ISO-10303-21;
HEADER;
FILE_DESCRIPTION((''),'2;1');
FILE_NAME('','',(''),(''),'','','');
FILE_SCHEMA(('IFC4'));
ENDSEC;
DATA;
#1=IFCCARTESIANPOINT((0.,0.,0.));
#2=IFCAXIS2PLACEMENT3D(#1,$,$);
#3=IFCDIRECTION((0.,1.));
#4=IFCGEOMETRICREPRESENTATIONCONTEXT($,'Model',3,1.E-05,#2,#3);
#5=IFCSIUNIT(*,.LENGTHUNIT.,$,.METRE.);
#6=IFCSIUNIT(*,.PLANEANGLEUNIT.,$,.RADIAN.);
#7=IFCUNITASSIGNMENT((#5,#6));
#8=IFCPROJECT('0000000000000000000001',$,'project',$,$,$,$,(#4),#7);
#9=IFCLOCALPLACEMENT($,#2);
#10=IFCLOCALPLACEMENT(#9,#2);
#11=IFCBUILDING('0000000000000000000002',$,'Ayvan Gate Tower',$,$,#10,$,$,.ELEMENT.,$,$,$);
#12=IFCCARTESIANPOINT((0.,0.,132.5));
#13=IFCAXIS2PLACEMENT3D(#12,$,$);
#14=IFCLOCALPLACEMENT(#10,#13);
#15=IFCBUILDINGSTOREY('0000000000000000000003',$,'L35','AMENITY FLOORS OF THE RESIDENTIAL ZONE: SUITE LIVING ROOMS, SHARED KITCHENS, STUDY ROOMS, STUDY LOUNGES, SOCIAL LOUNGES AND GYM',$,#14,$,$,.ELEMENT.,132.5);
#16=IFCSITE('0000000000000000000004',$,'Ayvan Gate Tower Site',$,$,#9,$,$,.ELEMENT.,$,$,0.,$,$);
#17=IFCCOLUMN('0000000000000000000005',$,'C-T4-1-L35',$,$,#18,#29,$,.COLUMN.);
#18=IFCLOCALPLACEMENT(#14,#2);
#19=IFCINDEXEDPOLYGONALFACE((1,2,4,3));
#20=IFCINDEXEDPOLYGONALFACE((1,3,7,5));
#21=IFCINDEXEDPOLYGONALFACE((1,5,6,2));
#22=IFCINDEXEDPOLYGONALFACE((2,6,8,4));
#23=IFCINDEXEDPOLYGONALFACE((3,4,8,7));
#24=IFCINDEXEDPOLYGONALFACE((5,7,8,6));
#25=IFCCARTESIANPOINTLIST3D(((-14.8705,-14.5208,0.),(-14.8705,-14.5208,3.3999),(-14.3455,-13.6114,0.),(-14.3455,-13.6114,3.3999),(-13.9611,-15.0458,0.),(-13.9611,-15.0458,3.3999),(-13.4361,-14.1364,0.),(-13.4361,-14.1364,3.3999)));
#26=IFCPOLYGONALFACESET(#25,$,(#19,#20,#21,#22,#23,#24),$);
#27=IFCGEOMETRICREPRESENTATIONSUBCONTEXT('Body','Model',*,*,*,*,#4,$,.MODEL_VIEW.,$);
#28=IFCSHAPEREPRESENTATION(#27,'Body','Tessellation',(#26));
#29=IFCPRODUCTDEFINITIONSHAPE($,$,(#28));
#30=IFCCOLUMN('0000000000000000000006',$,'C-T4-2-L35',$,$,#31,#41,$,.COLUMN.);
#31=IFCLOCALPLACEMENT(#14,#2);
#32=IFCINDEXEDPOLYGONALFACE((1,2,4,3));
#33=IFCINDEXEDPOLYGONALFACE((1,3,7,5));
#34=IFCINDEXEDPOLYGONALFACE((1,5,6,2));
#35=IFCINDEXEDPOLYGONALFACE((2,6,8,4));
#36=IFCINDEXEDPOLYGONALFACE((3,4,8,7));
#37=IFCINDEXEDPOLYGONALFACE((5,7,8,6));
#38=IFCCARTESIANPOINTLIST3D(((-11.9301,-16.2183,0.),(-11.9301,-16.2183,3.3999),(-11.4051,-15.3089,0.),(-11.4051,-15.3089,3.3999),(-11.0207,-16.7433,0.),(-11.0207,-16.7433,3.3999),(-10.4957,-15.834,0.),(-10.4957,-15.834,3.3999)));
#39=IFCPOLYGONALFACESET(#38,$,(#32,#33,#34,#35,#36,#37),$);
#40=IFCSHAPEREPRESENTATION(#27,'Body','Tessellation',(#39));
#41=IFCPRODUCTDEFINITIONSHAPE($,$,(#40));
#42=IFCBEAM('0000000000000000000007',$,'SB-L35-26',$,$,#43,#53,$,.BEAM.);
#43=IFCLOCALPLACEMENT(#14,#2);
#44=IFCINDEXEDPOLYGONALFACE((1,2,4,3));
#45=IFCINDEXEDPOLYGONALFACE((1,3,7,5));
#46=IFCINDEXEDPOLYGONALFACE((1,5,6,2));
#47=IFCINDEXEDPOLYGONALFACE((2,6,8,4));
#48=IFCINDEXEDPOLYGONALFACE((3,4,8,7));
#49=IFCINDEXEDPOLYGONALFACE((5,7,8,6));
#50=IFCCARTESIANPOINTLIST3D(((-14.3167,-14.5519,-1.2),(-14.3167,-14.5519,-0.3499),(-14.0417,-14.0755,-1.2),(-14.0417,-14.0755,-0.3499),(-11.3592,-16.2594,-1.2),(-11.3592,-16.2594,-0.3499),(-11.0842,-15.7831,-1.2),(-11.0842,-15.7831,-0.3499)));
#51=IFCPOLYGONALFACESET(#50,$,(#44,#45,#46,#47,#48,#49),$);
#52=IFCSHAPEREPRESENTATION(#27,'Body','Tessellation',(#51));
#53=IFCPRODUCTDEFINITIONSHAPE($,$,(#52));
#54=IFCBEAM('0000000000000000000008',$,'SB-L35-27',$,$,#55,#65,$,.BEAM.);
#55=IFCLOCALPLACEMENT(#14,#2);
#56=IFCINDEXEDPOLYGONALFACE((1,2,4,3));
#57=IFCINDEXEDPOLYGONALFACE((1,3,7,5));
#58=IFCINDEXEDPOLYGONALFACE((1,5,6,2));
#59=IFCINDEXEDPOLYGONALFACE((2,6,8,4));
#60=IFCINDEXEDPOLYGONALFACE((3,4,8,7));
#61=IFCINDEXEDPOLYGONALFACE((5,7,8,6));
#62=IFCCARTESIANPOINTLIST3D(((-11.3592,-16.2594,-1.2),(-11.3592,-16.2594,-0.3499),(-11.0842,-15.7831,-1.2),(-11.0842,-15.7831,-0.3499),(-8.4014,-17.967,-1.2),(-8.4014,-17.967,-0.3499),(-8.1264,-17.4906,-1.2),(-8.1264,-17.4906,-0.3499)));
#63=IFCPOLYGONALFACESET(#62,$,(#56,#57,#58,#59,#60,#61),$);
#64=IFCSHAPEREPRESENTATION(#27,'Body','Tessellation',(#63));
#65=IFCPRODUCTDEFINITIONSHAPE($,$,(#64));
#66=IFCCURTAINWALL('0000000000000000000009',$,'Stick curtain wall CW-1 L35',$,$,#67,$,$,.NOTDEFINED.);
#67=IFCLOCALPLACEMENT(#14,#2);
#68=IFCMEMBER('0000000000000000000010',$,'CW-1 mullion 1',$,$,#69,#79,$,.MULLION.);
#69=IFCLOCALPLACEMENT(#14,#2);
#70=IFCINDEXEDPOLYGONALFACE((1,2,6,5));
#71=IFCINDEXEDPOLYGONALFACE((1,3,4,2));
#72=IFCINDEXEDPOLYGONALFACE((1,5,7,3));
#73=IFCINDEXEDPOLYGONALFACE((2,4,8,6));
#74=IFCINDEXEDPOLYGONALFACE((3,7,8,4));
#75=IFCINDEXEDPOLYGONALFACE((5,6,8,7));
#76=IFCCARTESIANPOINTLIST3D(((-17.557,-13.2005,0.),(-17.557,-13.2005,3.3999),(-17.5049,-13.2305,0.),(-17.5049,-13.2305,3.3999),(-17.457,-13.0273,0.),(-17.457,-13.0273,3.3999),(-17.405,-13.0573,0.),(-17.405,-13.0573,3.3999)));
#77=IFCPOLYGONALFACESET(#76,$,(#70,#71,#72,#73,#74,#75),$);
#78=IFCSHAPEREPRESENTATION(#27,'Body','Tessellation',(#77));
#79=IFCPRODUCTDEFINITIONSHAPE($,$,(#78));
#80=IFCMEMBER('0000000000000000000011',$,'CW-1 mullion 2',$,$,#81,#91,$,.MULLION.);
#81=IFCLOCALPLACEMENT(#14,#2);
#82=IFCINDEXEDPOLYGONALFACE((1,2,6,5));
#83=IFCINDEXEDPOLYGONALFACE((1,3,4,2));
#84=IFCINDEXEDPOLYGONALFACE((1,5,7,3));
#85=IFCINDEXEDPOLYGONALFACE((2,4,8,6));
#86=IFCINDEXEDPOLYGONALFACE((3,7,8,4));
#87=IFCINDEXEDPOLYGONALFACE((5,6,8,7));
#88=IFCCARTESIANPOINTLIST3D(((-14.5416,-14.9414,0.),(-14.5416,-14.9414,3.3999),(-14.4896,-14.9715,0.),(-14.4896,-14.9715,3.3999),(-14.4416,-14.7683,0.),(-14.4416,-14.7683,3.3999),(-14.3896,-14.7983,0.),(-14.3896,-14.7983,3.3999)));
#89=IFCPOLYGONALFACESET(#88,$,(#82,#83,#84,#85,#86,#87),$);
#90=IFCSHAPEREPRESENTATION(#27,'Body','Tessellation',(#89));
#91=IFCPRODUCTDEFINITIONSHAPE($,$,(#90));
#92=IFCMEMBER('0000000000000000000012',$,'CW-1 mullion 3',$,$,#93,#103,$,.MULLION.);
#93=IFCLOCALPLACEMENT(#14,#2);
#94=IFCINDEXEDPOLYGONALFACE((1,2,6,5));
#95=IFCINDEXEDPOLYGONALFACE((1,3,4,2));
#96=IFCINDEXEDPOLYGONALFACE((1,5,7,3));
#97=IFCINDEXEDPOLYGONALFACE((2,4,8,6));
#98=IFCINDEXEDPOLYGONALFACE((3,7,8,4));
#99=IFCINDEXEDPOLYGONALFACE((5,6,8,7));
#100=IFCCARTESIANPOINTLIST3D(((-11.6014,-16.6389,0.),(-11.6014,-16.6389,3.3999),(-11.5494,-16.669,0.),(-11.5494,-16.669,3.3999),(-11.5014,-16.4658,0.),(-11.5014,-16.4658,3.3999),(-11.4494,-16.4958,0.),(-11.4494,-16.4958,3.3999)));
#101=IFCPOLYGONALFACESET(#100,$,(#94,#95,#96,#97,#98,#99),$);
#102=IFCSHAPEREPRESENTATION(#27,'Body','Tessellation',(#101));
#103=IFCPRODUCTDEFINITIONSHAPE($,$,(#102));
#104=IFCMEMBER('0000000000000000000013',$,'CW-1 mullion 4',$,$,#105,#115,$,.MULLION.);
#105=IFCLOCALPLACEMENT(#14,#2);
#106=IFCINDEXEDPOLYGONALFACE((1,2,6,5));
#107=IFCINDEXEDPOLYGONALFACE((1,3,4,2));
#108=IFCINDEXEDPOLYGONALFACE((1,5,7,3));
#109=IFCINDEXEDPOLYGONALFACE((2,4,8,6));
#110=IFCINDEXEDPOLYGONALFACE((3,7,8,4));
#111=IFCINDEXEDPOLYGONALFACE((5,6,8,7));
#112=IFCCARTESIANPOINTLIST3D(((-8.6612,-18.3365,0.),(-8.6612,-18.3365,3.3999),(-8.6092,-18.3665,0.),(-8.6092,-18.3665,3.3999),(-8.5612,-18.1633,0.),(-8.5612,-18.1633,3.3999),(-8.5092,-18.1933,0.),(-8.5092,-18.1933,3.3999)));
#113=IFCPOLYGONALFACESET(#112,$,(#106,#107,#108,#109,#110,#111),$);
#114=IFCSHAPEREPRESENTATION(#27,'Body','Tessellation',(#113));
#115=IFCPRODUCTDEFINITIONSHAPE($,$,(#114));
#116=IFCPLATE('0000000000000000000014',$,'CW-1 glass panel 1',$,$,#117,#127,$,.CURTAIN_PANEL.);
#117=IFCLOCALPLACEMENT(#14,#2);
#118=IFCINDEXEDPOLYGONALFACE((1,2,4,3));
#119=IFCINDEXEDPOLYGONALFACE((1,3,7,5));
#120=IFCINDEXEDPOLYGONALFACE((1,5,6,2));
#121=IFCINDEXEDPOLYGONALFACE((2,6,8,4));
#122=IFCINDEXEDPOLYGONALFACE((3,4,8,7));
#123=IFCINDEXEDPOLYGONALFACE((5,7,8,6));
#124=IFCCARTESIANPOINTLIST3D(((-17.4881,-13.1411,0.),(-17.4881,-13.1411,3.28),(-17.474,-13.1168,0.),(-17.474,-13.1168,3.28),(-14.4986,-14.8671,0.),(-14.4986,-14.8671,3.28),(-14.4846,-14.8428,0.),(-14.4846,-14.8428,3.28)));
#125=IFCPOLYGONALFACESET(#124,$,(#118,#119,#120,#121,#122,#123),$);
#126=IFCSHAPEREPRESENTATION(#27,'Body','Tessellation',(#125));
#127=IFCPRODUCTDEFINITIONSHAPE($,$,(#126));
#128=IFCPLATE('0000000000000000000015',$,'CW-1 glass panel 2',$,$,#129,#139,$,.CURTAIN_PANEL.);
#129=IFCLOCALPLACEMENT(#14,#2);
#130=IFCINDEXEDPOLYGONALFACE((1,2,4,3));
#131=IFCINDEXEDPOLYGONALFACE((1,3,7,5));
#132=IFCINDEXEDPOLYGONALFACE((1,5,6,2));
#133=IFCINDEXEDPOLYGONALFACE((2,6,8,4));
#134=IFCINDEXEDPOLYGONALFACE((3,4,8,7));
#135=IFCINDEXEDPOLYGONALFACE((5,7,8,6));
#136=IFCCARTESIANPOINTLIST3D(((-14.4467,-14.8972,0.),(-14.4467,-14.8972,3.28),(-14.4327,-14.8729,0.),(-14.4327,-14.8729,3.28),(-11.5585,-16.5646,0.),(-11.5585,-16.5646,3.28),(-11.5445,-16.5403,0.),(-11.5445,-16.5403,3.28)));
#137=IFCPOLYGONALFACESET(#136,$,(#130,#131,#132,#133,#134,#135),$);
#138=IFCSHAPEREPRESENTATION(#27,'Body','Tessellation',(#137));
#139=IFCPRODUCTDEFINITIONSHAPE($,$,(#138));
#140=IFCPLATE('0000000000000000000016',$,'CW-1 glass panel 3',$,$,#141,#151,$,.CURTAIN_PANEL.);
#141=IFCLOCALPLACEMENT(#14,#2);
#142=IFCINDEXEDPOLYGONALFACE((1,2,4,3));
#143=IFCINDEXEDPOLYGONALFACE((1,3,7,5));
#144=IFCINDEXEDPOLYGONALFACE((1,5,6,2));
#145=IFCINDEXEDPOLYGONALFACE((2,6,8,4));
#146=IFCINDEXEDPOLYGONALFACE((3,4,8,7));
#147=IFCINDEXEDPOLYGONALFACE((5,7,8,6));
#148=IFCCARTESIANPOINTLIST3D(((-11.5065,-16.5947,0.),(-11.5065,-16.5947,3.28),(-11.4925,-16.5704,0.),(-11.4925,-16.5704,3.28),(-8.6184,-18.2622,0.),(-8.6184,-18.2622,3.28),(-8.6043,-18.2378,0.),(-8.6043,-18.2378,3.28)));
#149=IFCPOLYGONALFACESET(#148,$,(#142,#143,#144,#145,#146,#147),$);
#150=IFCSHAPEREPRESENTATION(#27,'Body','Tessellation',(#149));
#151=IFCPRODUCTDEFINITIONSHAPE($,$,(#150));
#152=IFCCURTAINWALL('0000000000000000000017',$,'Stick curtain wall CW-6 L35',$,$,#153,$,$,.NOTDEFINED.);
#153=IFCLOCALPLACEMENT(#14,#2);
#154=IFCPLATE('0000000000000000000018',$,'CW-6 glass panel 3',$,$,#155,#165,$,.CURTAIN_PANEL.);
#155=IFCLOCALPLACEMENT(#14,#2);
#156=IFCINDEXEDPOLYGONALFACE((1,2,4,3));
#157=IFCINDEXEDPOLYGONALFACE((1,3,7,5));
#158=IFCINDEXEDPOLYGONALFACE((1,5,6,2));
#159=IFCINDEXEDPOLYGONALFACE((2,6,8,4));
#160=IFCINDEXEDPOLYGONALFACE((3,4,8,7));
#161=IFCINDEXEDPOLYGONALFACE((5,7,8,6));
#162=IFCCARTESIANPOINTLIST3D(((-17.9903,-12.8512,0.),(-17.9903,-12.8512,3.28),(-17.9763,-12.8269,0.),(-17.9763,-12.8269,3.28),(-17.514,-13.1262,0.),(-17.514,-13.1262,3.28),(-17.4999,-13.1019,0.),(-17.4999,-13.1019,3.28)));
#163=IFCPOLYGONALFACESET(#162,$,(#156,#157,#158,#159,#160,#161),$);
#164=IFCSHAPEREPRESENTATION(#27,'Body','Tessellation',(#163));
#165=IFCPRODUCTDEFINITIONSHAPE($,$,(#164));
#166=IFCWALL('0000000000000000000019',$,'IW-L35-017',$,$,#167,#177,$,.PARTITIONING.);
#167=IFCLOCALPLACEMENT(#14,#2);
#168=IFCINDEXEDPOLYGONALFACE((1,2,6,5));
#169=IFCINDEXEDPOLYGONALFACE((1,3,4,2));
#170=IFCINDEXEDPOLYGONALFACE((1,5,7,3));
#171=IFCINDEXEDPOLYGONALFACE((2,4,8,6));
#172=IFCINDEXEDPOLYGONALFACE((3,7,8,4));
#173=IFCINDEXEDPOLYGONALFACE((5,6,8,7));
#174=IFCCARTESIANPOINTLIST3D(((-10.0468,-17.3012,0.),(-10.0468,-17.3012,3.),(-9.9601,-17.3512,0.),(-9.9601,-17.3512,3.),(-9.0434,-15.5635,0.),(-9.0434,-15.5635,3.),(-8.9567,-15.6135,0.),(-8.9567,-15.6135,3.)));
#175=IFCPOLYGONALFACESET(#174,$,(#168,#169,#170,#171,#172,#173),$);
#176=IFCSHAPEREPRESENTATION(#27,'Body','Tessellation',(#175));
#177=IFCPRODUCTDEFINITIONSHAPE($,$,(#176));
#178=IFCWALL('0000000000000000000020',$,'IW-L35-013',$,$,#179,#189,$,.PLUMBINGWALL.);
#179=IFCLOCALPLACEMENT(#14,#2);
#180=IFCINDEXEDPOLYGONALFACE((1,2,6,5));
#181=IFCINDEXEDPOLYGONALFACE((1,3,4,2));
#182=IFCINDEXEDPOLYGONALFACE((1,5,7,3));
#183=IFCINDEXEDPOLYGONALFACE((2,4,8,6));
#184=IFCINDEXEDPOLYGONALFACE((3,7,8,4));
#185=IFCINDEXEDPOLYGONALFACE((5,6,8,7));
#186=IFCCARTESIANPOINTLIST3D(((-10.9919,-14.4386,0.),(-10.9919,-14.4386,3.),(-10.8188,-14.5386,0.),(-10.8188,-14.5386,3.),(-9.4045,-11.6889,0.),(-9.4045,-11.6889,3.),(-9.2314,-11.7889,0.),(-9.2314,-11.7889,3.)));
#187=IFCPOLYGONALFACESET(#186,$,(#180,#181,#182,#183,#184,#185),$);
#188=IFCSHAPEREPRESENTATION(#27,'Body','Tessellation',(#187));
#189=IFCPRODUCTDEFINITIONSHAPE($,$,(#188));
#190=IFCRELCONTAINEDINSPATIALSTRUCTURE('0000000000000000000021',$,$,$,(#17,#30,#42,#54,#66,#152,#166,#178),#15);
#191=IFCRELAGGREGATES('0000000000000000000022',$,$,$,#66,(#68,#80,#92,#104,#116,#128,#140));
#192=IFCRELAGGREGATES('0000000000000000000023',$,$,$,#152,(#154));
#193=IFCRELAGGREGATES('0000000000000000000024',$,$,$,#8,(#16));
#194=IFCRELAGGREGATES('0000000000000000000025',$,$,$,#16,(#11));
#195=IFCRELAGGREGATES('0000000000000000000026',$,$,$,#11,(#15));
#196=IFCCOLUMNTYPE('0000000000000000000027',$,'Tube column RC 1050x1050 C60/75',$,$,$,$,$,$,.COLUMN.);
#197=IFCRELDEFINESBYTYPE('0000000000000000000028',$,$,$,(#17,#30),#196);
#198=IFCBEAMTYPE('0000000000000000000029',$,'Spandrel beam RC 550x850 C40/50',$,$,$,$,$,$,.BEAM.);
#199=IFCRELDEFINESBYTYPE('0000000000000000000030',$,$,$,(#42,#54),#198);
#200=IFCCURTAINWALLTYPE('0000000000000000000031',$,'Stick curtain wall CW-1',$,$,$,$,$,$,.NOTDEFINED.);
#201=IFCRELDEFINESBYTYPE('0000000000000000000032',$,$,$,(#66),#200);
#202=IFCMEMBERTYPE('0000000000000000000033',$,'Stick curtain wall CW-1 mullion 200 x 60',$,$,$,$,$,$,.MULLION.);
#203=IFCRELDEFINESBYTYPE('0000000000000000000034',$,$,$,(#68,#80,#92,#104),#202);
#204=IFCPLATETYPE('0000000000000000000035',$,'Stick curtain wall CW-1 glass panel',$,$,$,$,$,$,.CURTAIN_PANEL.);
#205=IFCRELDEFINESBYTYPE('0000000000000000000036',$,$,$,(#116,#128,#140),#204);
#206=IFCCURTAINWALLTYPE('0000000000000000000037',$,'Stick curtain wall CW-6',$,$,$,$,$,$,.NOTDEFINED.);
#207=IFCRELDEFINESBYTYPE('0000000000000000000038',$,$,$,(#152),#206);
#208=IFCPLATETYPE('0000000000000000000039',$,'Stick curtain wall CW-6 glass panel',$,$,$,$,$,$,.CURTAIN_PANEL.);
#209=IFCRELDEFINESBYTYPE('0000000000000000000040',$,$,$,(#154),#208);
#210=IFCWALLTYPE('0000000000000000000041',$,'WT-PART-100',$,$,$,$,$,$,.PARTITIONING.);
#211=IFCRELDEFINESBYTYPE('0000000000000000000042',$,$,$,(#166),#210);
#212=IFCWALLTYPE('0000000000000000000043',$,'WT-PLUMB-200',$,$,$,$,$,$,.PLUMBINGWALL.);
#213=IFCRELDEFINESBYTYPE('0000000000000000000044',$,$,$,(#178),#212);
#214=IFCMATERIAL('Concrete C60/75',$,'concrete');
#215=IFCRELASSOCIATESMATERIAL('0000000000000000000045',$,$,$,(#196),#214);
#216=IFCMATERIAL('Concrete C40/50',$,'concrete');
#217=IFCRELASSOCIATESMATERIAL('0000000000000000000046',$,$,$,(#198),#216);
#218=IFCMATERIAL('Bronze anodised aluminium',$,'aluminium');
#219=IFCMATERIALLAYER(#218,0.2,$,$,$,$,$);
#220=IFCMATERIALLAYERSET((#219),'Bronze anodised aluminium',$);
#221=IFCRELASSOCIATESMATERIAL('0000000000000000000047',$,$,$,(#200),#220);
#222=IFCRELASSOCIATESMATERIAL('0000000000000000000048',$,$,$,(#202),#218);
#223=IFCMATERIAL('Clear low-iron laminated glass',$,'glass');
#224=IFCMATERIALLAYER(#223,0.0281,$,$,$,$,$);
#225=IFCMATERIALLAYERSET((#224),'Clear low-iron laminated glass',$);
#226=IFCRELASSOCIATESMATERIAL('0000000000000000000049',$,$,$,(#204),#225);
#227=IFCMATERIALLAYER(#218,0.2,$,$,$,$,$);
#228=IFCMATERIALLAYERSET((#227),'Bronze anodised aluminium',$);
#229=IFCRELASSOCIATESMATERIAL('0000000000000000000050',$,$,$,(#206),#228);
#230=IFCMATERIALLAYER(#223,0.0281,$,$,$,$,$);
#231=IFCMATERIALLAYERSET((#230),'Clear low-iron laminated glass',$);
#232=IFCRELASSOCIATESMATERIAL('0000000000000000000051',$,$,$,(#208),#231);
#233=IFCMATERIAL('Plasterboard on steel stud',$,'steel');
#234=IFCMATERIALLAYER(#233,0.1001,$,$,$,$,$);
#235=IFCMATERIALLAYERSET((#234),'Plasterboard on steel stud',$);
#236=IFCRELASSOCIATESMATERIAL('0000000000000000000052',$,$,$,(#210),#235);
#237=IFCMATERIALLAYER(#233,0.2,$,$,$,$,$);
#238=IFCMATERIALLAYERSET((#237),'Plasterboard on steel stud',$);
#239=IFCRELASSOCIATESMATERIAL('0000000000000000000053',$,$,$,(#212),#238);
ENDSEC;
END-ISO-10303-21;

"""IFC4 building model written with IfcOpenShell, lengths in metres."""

from ifc_helpers import new_model, si_unit, direction, frame, frame_2d, origin, origin_2d, place, context, subcontext, project, spatial, rectangle, extrude, material, layer, layer_set, material_profile, profile_set, type_object, element, aggregate, save


model = new_model("IFC4")

# Units and contexts
model_context = context("Model", 3, precision=1e-05, world=origin(), true_north=direction((0.0, 1.0)))
body_context = subcontext(model_context, "Body", "Model", "MODEL_VIEW")
ifc_project = project(units=[si_unit("LENGTHUNIT", "METRE"), si_unit("PLANEANGLEUNIT", "RADIAN")], contexts=[model_context])

# Site, building, storey
site_placement = place(None, origin())
site = spatial("IfcSite", under=ifc_project, at=site_placement, Name="Ayvan Gate Tower Site", CompositionType="ELEMENT", RefElevation=0.0)
building_placement = place(site_placement, origin())
building = spatial("IfcBuilding", under=site, at=building_placement, Name="Ayvan Gate Tower", CompositionType="ELEMENT")
storey_placement = place(building_placement, frame((0.0, 0.0, 132.5)))
storey = spatial("IfcBuildingStorey", under=building, at=storey_placement, Name="L35", Description="AMENITY FLOORS OF THE RESIDENTIAL ZONE: SUITE LIVING ROOMS, SHARED KITCHENS, STUDY ROOMS, STUDY LOUNGES, SOCIAL LOUNGES AND GYM", CompositionType="ELEMENT", Elevation=132.5)

# Columns
ifc_material_1 = material(Name="Concrete C60/75", Category="concrete")
ifc_material_profile_1 = material_profile(ifc_material_1, rectangle(XDim=1.05, YDim=1.05, at=origin_2d()), Name="RC 1050x1050")
ifc_profile_set_1 = profile_set([ifc_material_profile_1], Name="Concrete C60/75")
column_type = type_object("IfcColumnType", Name="Tube column RC 1050x1050 C60/75", PredefinedType="COLUMN", material=ifc_profile_set_1)
for number, where, z_axis, x_axis, name in (
    (1, (-14.1533, -14.3286, 0.0), (0.0, 0.0, 1.0), (-0.5, -0.866025, 0.0), "C-T4-1-L35"),
    (2, (-11.2129, -16.0261, 0.0), (0.0, 0.0, 1.0), (-0.5, -0.866025, 0.0), "C-T4-2-L35"),
):
    element("IfcColumn", number, at=place(storey_placement, frame(where, z_axis=z_axis, x_axis=x_axis)), inside=storey, type_object=column_type, Name=name, PredefinedType="COLUMN", context=body_context, shape_type="SweptSolid", body=[
        extrude(rectangle(XDim=1.05, YDim=1.05, at=origin_2d()), origin(), (0.0, 0.0, 1.0), 3.3999),
    ])

# Beams
ifc_material_2 = material(Name="Concrete C40/50", Category="concrete")
ifc_material_profile_2 = material_profile(ifc_material_2, rectangle(XDim=0.55, YDim=0.8501, at=origin_2d()), Name="RC 550x850")
ifc_profile_set_2 = profile_set([ifc_material_profile_2], Name="Concrete C40/50")
beam_type = type_object("IfcBeamType", Name="Spandrel beam RC 550x850 C40/50", PredefinedType="BEAM", material=ifc_profile_set_2)
beam_1_placement = place(storey_placement, frame((-14.1792, -14.3137, -0.7749), z_axis=(0.866026, -0.499999, 0.0), x_axis=(0.499999, 0.866026, 0.0)))
element("IfcBeam", 3, at=beam_1_placement, inside=storey, type_object=beam_type, Name="SB-L35-26", PredefinedType="BEAM", context=body_context, shape_type="SweptSolid", body=[
    extrude(rectangle(XDim=0.55, YDim=0.8501, at=origin_2d()), origin(), (0.0, 0.0, 1.0), 3.415),
])
beam_2_placement = place(storey_placement, frame((-11.2217, -16.0212, -0.7749), z_axis=(0.866044, -0.499968, 0.0), x_axis=(0.499968, 0.866044, 0.0)))
element("IfcBeam", 4, at=beam_2_placement, inside=storey, type_object=beam_type, Name="SB-L35-27", PredefinedType="BEAM", context=body_context, shape_type="SweptSolid", body=[
    extrude(rectangle(XDim=0.55, YDim=0.8501, at=origin_2d()), origin(), (0.0, 0.0, 1.0), 3.4153),
])

# Curtain wall, members, plates
ifc_material_3 = material(Name="Bronze anodised aluminium", Category="aluminium")
ifc_layer_1 = layer(ifc_material_3, 0.2)
ifc_layer_set_1 = layer_set([ifc_layer_1], Name="Bronze anodised aluminium")
curtain_wall_type_1 = type_object("IfcCurtainWallType", Name="Stick curtain wall CW-1", PredefinedType="NOTDEFINED", material=ifc_layer_set_1)
curtain_wall_1_placement = place(storey_placement, origin())
curtain_wall_1 = element("IfcCurtainWall", 5, at=curtain_wall_1_placement, inside=storey, type_object=curtain_wall_type_1, Name="Stick curtain wall CW-1 L35", PredefinedType="NOTDEFINED")
ifc_material_profile_3 = material_profile(ifc_material_3, rectangle(XDim=0.2, YDim=0.0601, at=origin_2d()), Name="Stick curtain wall CW-1 mullion 200 x 60")
ifc_profile_set_3 = profile_set([ifc_material_profile_3], Name="Bronze anodised aluminium")
member_type = type_object("IfcMemberType", Name="Stick curtain wall CW-1 mullion 200 x 60", PredefinedType="MULLION", material=ifc_profile_set_3)
member_1_placement = place(storey_placement, frame((-17.481, -13.1289, 0.0), z_axis=(0.0, 0.0, 1.0), x_axis=(-0.5, -0.866025, 0.0)))
member_1 = element("IfcMember", 6, at=member_1_placement, type_object=member_type, Name="CW-1 mullion 1", PredefinedType="MULLION", context=body_context, shape_type="SweptSolid", body=[
    extrude(rectangle(XDim=0.2, YDim=0.0601, at=origin_2d()), origin(), (0.0, 0.0, 1.0), 3.3999),
])
member_2_placement = place(storey_placement, frame((-14.4656, -14.8699, 0.0), z_axis=(0.0, 0.0, 1.0), x_axis=(-0.5, -0.866025, 0.0)))
member_2 = element("IfcMember", 7, at=member_2_placement, type_object=member_type, Name="CW-1 mullion 2", PredefinedType="MULLION", context=body_context, shape_type="SweptSolid", body=[
    extrude(rectangle(XDim=0.2, YDim=0.0601, at=origin_2d()), origin(), (0.0, 0.0, 1.0), 3.3999),
])
member_3_placement = place(storey_placement, frame((-11.5254, -16.5674, 0.0), z_axis=(0.0, 0.0, 1.0), x_axis=(-0.5, -0.866025, 0.0)))
member_3 = element("IfcMember", 8, at=member_3_placement, type_object=member_type, Name="CW-1 mullion 3", PredefinedType="MULLION", context=body_context, shape_type="SweptSolid", body=[
    extrude(rectangle(XDim=0.2, YDim=0.0601, at=origin_2d()), origin(), (0.0, 0.0, 1.0), 3.3999),
])
member_4_placement = place(storey_placement, frame((-8.5852, -18.2649, 0.0), z_axis=(0.0, 0.0, 1.0), x_axis=(-0.5, -0.866025, 0.0)))
member_4 = element("IfcMember", 9, at=member_4_placement, type_object=member_type, Name="CW-1 mullion 4", PredefinedType="MULLION", context=body_context, shape_type="SweptSolid", body=[
    extrude(rectangle(XDim=0.2, YDim=0.0601, at=origin_2d()), origin(), (0.0, 0.0, 1.0), 3.3999),
])
ifc_material_4 = material(Name="Clear low-iron laminated glass", Category="glass")
ifc_layer_2 = layer(ifc_material_4, 0.0281)
ifc_layer_set_2 = layer_set([ifc_layer_2], Name="Clear low-iron laminated glass")
plate_type_1 = type_object("IfcPlateType", Name="Stick curtain wall CW-1 glass panel", PredefinedType="CURTAIN_PANEL", material=ifc_layer_set_2)
plate_1_placement = place(storey_placement, frame((-15.9863, -13.9919, 0.0), z_axis=(0.0, 0.0, 1.0), x_axis=(0.866025, -0.5, 0.0)))
plate_1 = element("IfcPlate", 10, at=plate_1_placement, type_object=plate_type_1, Name="CW-1 glass panel 1", PredefinedType="CURTAIN_PANEL", context=body_context, shape_type="SweptSolid", body=[
    extrude(rectangle(XDim=3.4519, YDim=0.0281, at=origin_2d()), origin(), (0.0, 0.0, 1.0), 3.28),
])
plate_2_placement = place(storey_placement, frame((-12.9956, -15.7188, 0.0), z_axis=(0.0, 0.0, 1.0), x_axis=(0.866025, -0.5, 0.0)))
plate_2 = element("IfcPlate", 11, at=plate_2_placement, type_object=plate_type_1, Name="CW-1 glass panel 2", PredefinedType="CURTAIN_PANEL", context=body_context, shape_type="SweptSolid", body=[
    extrude(rectangle(XDim=3.335, YDim=0.0281, at=origin_2d()), origin(), (0.0, 0.0, 1.0), 3.28),
])
plate_3_placement = place(storey_placement, frame((-10.0554, -17.4163, 0.0), z_axis=(0.0, 0.0, 1.0), x_axis=(0.866025, -0.5, 0.0)))
plate_3 = element("IfcPlate", 12, at=plate_3_placement, type_object=plate_type_1, Name="CW-1 glass panel 3", PredefinedType="CURTAIN_PANEL", context=body_context, shape_type="SweptSolid", body=[
    extrude(rectangle(XDim=3.335, YDim=0.0281, at=origin_2d()), origin(), (0.0, 0.0, 1.0), 3.28),
])
aggregate(curtain_wall_1, [member_1, member_2, member_3, member_4, plate_1, plate_2, plate_3])

# Curtain wall, plate
ifc_layer_3 = layer(ifc_material_3, 0.2)
ifc_layer_set_3 = layer_set([ifc_layer_3], Name="Bronze anodised aluminium")
curtain_wall_type_2 = type_object("IfcCurtainWallType", Name="Stick curtain wall CW-6", PredefinedType="NOTDEFINED", material=ifc_layer_set_3)
curtain_wall_2_placement = place(storey_placement, origin())
curtain_wall_2 = element("IfcCurtainWall", 13, at=curtain_wall_2_placement, inside=storey, type_object=curtain_wall_type_2, Name="Stick curtain wall CW-6 L35", PredefinedType="NOTDEFINED")
ifc_layer_4 = layer(ifc_material_4, 0.0281)
ifc_layer_set_4 = layer_set([ifc_layer_4], Name="Clear low-iron laminated glass")
plate_type_2 = type_object("IfcPlateType", Name="Stick curtain wall CW-6 glass panel", PredefinedType="CURTAIN_PANEL", material=ifc_layer_set_4)
plate_4_placement = place(storey_placement, frame((-17.7451, -12.9766, 0.0), z_axis=(0.0, 0.0, 1.0), x_axis=(0.866025, -0.5, 0.0)))
plate_4 = element("IfcPlate", 14, at=plate_4_placement, type_object=plate_type_2, Name="CW-6 glass panel 3", PredefinedType="CURTAIN_PANEL", context=body_context, shape_type="SweptSolid", body=[
    extrude(rectangle(XDim=0.55, YDim=0.0281, at=origin_2d()), origin(), (0.0, 0.0, 1.0), 3.28),
])
aggregate(curtain_wall_2, [plate_4])

# Walls
ifc_material_5 = material(Name="Plasterboard on steel stud", Category="steel")
ifc_layer_5 = layer(ifc_material_5, 0.1001)
ifc_layer_set_5 = layer_set([ifc_layer_5], Name="Plasterboard on steel stud")
wall_type_1 = type_object("IfcWallType", Name="WT-PART-100", PredefinedType="PARTITIONING", material=ifc_layer_set_5)
wall_1_placement = place(storey_placement, frame((-9.0, -15.5884, 0.0), z_axis=(0.0, 0.0, 1.0), x_axis=(-0.500038, -0.866003, 0.0)))
element("IfcWall", 15, at=wall_1_placement, inside=storey, type_object=wall_type_1, Name="IW-L35-017", PredefinedType="PARTITIONING", context=body_context, shape_type="SweptSolid", body=[
    extrude(rectangle(XDim=2.0066, YDim=0.1001, at=frame_2d((1.0034, 0.0))), origin(), (0.0, 0.0, 1.0), 3.0),
])
ifc_layer_6 = layer(ifc_material_5, 0.2)
ifc_layer_set_6 = layer_set([ifc_layer_6], Name="Plasterboard on steel stud")
wall_type_2 = type_object("IfcWallType", Name="WT-PLUMB-200", PredefinedType="PLUMBINGWALL", material=ifc_layer_set_6)
wall_2_placement = place(storey_placement, frame((-10.9053, -14.4885, 0.0), z_axis=(0.0, 0.0, 1.0), x_axis=(0.49996, 0.866049, 0.0)))
element("IfcWall", 16, at=wall_2_placement, inside=storey, type_object=wall_type_2, Name="IW-L35-013", PredefinedType="PLUMBINGWALL", context=body_context, shape_type="SweptSolid", body=[
    extrude(rectangle(XDim=3.175, YDim=0.2, at=frame_2d((1.5874, 0.0))), origin(), (0.0, 0.0, 1.0), 3.0),
])

save(model, "model.ifc")
